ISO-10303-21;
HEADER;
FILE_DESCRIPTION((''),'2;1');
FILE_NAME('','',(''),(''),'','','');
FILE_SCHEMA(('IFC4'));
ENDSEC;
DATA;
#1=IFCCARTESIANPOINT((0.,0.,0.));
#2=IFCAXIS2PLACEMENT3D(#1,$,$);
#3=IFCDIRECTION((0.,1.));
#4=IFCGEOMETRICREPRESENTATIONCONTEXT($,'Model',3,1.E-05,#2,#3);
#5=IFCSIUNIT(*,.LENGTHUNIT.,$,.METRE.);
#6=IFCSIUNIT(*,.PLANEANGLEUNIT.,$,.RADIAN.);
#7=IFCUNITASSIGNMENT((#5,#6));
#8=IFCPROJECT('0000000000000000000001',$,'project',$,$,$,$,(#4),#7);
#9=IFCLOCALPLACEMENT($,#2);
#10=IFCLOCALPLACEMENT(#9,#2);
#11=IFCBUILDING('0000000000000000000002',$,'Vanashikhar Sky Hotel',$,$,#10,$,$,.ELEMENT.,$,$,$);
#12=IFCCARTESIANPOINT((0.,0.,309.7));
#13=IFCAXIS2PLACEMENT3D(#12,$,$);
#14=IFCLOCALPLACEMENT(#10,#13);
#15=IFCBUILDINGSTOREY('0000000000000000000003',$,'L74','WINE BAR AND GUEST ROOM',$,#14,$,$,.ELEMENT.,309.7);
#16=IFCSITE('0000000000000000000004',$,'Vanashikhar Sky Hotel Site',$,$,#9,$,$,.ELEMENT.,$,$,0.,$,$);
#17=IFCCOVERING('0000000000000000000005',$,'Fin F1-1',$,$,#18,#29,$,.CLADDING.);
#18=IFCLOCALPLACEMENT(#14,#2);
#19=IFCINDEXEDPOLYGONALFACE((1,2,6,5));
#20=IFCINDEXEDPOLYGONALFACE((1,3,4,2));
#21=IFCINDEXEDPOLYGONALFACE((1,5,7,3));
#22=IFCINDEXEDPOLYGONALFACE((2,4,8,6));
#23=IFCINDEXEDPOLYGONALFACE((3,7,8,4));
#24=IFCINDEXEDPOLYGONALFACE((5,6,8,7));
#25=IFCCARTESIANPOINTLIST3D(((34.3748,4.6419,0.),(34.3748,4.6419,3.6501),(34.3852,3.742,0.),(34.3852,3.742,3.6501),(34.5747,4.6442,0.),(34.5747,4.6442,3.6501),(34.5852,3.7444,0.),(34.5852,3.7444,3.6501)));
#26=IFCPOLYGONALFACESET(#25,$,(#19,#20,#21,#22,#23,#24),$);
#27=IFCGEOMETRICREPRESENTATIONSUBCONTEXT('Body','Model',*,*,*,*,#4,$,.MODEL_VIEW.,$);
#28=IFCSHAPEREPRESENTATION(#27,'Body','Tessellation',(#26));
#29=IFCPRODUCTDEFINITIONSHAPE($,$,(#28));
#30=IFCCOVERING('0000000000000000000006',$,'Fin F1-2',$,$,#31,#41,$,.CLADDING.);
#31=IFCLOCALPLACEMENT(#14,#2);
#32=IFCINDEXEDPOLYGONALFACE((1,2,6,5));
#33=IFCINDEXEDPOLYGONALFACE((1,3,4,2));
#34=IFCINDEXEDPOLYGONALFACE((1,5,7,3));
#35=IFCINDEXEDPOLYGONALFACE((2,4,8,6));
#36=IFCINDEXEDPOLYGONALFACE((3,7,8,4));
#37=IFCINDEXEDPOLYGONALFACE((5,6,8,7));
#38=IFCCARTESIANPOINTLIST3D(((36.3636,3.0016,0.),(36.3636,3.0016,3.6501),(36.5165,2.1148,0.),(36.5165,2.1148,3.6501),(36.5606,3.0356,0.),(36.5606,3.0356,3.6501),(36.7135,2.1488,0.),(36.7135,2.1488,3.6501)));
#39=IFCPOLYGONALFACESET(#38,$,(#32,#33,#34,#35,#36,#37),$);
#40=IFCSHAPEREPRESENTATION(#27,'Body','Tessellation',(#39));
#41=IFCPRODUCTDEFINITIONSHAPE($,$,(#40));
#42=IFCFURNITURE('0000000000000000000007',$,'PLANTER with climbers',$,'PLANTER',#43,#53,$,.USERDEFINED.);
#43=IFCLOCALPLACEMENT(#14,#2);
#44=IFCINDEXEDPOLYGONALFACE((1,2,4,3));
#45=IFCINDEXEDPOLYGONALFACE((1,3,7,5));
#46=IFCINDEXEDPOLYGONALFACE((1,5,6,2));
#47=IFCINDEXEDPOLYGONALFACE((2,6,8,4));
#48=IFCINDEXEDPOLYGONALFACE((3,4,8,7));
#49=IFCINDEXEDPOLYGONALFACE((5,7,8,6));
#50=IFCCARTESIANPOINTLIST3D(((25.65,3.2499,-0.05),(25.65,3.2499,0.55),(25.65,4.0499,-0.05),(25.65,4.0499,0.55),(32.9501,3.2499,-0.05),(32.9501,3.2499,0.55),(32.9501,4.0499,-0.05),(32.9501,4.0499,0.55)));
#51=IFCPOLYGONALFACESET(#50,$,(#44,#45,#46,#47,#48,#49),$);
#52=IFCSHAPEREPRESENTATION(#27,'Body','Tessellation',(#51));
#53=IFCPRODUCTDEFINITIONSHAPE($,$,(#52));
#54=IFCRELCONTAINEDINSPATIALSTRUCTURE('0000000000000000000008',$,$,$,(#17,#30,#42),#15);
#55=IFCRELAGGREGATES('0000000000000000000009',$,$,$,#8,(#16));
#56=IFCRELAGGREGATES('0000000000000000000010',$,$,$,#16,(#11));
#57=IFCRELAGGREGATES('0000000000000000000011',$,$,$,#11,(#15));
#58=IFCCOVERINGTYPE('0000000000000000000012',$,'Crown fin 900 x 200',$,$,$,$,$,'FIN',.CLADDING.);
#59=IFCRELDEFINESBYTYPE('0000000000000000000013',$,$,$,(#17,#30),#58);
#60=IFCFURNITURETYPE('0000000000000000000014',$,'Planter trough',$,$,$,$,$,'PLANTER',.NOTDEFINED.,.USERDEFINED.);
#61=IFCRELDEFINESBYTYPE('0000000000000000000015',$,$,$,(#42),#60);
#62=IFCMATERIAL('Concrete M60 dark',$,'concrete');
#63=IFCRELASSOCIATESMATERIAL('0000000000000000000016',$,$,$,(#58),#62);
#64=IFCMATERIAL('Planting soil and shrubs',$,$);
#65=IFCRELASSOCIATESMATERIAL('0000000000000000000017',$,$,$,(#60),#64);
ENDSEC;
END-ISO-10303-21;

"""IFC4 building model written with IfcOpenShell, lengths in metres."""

from ifc_helpers import new_model, si_unit, direction, frame, origin, origin_2d, place, context, subcontext, project, spatial, rectangle, extrude, source, transform, mapped, material, material_profile, profile_set, type_object, element, save


model = new_model("IFC4")

# Units and contexts
model_context = context("Model", 3, precision=1e-05, world=origin(), true_north=direction((0.0, 1.0)))
body_context = subcontext(model_context, "Body", "Model", "MODEL_VIEW")
ifc_project = project(units=[si_unit("LENGTHUNIT", "METRE"), si_unit("PLANEANGLEUNIT", "RADIAN")], contexts=[model_context])

# Site, building, storey
site_placement = place(None, origin())
site = spatial("IfcSite", under=ifc_project, at=site_placement, Name="Vanashikhar Sky Hotel Site", CompositionType="ELEMENT", RefElevation=0.0)
building_placement = place(site_placement, origin())
building = spatial("IfcBuilding", under=site, at=building_placement, Name="Vanashikhar Sky Hotel", CompositionType="ELEMENT")
storey_placement = place(building_placement, frame((0.0, 0.0, 309.7)))
storey = spatial("IfcBuildingStorey", under=building, at=storey_placement, Name="L74", Description="WINE BAR AND GUEST ROOM", CompositionType="ELEMENT", Elevation=309.7)

# Coverings
ifc_material_1 = material(Name="Concrete M60 dark", Category="concrete")
ifc_material_profile_1 = material_profile(ifc_material_1, rectangle(XDim=0.8999, YDim=0.2, at=origin_2d()))
ifc_profile_set_1 = profile_set([ifc_material_profile_1], Name="Crown fin 900 x 200")
covering_type_1 = type_object("IfcCoveringType", Name="Crown fin 900 x 200", ElementType="FIN", PredefinedType="CLADDING", material=ifc_profile_set_1)
shared_shape_1 = source(origin(), body_context, "Body", "SweptSolid", [
    extrude(rectangle(XDim=0.8999, YDim=0.2, at=origin_2d()), origin(), (0.0, 0.0, 1.0), 3.6501),
])
for number, where, z_axis, x_axis, name in (
    (1, (34.48, 4.1931, 0.0), (0.0, 0.0, 1.0), (0.011589, -0.999933, 0.0), "Fin F1-1"),
    (2, (36.5386, 2.5752, 0.0), (0.0, 0.0, 1.0), (0.1699, -0.985461, 0.0), "Fin F1-2"),
):
    element("IfcCovering", number, at=place(storey_placement, frame(where, z_axis=z_axis, x_axis=x_axis)), inside=storey, type_object=covering_type_1, Name=name, PredefinedType="CLADDING", context=body_context, shape_type="MappedRepresentation", body=[
        mapped(shared_shape_1, transform((0.0, 0.0, 0.0), scale=1.0)),
    ])

# Furniture
ifc_material_2 = material(Name="Planting soil and shrubs")
furniture_type = type_object("IfcFurnitureType", Name="Planter trough", ElementType="PLANTER", AssemblyPlace="NOTDEFINED", PredefinedType="USERDEFINED", material=ifc_material_2)
shared_shape_2 = source(origin(), body_context, "Body", "SweptSolid", [
    extrude(rectangle(XDim=7.3, YDim=0.8, at=origin_2d()), origin(), (0.0, 0.0, 1.0), 0.6001),
])
furniture_placement = place(storey_placement, frame((29.3, 3.6499, -0.05), z_axis=(0.0, 0.0, 1.0), x_axis=(1.0, 0.0, 0.0)))
element("IfcFurniture", 3, at=furniture_placement, inside=storey, type_object=furniture_type, Name="PLANTER with climbers", ObjectType="PLANTER", PredefinedType="USERDEFINED", context=body_context, shape_type="MappedRepresentation", body=[
    mapped(shared_shape_2, transform((0.0, 0.0, 0.0), scale=1.0)),
])

save(model, "model.ifc")
